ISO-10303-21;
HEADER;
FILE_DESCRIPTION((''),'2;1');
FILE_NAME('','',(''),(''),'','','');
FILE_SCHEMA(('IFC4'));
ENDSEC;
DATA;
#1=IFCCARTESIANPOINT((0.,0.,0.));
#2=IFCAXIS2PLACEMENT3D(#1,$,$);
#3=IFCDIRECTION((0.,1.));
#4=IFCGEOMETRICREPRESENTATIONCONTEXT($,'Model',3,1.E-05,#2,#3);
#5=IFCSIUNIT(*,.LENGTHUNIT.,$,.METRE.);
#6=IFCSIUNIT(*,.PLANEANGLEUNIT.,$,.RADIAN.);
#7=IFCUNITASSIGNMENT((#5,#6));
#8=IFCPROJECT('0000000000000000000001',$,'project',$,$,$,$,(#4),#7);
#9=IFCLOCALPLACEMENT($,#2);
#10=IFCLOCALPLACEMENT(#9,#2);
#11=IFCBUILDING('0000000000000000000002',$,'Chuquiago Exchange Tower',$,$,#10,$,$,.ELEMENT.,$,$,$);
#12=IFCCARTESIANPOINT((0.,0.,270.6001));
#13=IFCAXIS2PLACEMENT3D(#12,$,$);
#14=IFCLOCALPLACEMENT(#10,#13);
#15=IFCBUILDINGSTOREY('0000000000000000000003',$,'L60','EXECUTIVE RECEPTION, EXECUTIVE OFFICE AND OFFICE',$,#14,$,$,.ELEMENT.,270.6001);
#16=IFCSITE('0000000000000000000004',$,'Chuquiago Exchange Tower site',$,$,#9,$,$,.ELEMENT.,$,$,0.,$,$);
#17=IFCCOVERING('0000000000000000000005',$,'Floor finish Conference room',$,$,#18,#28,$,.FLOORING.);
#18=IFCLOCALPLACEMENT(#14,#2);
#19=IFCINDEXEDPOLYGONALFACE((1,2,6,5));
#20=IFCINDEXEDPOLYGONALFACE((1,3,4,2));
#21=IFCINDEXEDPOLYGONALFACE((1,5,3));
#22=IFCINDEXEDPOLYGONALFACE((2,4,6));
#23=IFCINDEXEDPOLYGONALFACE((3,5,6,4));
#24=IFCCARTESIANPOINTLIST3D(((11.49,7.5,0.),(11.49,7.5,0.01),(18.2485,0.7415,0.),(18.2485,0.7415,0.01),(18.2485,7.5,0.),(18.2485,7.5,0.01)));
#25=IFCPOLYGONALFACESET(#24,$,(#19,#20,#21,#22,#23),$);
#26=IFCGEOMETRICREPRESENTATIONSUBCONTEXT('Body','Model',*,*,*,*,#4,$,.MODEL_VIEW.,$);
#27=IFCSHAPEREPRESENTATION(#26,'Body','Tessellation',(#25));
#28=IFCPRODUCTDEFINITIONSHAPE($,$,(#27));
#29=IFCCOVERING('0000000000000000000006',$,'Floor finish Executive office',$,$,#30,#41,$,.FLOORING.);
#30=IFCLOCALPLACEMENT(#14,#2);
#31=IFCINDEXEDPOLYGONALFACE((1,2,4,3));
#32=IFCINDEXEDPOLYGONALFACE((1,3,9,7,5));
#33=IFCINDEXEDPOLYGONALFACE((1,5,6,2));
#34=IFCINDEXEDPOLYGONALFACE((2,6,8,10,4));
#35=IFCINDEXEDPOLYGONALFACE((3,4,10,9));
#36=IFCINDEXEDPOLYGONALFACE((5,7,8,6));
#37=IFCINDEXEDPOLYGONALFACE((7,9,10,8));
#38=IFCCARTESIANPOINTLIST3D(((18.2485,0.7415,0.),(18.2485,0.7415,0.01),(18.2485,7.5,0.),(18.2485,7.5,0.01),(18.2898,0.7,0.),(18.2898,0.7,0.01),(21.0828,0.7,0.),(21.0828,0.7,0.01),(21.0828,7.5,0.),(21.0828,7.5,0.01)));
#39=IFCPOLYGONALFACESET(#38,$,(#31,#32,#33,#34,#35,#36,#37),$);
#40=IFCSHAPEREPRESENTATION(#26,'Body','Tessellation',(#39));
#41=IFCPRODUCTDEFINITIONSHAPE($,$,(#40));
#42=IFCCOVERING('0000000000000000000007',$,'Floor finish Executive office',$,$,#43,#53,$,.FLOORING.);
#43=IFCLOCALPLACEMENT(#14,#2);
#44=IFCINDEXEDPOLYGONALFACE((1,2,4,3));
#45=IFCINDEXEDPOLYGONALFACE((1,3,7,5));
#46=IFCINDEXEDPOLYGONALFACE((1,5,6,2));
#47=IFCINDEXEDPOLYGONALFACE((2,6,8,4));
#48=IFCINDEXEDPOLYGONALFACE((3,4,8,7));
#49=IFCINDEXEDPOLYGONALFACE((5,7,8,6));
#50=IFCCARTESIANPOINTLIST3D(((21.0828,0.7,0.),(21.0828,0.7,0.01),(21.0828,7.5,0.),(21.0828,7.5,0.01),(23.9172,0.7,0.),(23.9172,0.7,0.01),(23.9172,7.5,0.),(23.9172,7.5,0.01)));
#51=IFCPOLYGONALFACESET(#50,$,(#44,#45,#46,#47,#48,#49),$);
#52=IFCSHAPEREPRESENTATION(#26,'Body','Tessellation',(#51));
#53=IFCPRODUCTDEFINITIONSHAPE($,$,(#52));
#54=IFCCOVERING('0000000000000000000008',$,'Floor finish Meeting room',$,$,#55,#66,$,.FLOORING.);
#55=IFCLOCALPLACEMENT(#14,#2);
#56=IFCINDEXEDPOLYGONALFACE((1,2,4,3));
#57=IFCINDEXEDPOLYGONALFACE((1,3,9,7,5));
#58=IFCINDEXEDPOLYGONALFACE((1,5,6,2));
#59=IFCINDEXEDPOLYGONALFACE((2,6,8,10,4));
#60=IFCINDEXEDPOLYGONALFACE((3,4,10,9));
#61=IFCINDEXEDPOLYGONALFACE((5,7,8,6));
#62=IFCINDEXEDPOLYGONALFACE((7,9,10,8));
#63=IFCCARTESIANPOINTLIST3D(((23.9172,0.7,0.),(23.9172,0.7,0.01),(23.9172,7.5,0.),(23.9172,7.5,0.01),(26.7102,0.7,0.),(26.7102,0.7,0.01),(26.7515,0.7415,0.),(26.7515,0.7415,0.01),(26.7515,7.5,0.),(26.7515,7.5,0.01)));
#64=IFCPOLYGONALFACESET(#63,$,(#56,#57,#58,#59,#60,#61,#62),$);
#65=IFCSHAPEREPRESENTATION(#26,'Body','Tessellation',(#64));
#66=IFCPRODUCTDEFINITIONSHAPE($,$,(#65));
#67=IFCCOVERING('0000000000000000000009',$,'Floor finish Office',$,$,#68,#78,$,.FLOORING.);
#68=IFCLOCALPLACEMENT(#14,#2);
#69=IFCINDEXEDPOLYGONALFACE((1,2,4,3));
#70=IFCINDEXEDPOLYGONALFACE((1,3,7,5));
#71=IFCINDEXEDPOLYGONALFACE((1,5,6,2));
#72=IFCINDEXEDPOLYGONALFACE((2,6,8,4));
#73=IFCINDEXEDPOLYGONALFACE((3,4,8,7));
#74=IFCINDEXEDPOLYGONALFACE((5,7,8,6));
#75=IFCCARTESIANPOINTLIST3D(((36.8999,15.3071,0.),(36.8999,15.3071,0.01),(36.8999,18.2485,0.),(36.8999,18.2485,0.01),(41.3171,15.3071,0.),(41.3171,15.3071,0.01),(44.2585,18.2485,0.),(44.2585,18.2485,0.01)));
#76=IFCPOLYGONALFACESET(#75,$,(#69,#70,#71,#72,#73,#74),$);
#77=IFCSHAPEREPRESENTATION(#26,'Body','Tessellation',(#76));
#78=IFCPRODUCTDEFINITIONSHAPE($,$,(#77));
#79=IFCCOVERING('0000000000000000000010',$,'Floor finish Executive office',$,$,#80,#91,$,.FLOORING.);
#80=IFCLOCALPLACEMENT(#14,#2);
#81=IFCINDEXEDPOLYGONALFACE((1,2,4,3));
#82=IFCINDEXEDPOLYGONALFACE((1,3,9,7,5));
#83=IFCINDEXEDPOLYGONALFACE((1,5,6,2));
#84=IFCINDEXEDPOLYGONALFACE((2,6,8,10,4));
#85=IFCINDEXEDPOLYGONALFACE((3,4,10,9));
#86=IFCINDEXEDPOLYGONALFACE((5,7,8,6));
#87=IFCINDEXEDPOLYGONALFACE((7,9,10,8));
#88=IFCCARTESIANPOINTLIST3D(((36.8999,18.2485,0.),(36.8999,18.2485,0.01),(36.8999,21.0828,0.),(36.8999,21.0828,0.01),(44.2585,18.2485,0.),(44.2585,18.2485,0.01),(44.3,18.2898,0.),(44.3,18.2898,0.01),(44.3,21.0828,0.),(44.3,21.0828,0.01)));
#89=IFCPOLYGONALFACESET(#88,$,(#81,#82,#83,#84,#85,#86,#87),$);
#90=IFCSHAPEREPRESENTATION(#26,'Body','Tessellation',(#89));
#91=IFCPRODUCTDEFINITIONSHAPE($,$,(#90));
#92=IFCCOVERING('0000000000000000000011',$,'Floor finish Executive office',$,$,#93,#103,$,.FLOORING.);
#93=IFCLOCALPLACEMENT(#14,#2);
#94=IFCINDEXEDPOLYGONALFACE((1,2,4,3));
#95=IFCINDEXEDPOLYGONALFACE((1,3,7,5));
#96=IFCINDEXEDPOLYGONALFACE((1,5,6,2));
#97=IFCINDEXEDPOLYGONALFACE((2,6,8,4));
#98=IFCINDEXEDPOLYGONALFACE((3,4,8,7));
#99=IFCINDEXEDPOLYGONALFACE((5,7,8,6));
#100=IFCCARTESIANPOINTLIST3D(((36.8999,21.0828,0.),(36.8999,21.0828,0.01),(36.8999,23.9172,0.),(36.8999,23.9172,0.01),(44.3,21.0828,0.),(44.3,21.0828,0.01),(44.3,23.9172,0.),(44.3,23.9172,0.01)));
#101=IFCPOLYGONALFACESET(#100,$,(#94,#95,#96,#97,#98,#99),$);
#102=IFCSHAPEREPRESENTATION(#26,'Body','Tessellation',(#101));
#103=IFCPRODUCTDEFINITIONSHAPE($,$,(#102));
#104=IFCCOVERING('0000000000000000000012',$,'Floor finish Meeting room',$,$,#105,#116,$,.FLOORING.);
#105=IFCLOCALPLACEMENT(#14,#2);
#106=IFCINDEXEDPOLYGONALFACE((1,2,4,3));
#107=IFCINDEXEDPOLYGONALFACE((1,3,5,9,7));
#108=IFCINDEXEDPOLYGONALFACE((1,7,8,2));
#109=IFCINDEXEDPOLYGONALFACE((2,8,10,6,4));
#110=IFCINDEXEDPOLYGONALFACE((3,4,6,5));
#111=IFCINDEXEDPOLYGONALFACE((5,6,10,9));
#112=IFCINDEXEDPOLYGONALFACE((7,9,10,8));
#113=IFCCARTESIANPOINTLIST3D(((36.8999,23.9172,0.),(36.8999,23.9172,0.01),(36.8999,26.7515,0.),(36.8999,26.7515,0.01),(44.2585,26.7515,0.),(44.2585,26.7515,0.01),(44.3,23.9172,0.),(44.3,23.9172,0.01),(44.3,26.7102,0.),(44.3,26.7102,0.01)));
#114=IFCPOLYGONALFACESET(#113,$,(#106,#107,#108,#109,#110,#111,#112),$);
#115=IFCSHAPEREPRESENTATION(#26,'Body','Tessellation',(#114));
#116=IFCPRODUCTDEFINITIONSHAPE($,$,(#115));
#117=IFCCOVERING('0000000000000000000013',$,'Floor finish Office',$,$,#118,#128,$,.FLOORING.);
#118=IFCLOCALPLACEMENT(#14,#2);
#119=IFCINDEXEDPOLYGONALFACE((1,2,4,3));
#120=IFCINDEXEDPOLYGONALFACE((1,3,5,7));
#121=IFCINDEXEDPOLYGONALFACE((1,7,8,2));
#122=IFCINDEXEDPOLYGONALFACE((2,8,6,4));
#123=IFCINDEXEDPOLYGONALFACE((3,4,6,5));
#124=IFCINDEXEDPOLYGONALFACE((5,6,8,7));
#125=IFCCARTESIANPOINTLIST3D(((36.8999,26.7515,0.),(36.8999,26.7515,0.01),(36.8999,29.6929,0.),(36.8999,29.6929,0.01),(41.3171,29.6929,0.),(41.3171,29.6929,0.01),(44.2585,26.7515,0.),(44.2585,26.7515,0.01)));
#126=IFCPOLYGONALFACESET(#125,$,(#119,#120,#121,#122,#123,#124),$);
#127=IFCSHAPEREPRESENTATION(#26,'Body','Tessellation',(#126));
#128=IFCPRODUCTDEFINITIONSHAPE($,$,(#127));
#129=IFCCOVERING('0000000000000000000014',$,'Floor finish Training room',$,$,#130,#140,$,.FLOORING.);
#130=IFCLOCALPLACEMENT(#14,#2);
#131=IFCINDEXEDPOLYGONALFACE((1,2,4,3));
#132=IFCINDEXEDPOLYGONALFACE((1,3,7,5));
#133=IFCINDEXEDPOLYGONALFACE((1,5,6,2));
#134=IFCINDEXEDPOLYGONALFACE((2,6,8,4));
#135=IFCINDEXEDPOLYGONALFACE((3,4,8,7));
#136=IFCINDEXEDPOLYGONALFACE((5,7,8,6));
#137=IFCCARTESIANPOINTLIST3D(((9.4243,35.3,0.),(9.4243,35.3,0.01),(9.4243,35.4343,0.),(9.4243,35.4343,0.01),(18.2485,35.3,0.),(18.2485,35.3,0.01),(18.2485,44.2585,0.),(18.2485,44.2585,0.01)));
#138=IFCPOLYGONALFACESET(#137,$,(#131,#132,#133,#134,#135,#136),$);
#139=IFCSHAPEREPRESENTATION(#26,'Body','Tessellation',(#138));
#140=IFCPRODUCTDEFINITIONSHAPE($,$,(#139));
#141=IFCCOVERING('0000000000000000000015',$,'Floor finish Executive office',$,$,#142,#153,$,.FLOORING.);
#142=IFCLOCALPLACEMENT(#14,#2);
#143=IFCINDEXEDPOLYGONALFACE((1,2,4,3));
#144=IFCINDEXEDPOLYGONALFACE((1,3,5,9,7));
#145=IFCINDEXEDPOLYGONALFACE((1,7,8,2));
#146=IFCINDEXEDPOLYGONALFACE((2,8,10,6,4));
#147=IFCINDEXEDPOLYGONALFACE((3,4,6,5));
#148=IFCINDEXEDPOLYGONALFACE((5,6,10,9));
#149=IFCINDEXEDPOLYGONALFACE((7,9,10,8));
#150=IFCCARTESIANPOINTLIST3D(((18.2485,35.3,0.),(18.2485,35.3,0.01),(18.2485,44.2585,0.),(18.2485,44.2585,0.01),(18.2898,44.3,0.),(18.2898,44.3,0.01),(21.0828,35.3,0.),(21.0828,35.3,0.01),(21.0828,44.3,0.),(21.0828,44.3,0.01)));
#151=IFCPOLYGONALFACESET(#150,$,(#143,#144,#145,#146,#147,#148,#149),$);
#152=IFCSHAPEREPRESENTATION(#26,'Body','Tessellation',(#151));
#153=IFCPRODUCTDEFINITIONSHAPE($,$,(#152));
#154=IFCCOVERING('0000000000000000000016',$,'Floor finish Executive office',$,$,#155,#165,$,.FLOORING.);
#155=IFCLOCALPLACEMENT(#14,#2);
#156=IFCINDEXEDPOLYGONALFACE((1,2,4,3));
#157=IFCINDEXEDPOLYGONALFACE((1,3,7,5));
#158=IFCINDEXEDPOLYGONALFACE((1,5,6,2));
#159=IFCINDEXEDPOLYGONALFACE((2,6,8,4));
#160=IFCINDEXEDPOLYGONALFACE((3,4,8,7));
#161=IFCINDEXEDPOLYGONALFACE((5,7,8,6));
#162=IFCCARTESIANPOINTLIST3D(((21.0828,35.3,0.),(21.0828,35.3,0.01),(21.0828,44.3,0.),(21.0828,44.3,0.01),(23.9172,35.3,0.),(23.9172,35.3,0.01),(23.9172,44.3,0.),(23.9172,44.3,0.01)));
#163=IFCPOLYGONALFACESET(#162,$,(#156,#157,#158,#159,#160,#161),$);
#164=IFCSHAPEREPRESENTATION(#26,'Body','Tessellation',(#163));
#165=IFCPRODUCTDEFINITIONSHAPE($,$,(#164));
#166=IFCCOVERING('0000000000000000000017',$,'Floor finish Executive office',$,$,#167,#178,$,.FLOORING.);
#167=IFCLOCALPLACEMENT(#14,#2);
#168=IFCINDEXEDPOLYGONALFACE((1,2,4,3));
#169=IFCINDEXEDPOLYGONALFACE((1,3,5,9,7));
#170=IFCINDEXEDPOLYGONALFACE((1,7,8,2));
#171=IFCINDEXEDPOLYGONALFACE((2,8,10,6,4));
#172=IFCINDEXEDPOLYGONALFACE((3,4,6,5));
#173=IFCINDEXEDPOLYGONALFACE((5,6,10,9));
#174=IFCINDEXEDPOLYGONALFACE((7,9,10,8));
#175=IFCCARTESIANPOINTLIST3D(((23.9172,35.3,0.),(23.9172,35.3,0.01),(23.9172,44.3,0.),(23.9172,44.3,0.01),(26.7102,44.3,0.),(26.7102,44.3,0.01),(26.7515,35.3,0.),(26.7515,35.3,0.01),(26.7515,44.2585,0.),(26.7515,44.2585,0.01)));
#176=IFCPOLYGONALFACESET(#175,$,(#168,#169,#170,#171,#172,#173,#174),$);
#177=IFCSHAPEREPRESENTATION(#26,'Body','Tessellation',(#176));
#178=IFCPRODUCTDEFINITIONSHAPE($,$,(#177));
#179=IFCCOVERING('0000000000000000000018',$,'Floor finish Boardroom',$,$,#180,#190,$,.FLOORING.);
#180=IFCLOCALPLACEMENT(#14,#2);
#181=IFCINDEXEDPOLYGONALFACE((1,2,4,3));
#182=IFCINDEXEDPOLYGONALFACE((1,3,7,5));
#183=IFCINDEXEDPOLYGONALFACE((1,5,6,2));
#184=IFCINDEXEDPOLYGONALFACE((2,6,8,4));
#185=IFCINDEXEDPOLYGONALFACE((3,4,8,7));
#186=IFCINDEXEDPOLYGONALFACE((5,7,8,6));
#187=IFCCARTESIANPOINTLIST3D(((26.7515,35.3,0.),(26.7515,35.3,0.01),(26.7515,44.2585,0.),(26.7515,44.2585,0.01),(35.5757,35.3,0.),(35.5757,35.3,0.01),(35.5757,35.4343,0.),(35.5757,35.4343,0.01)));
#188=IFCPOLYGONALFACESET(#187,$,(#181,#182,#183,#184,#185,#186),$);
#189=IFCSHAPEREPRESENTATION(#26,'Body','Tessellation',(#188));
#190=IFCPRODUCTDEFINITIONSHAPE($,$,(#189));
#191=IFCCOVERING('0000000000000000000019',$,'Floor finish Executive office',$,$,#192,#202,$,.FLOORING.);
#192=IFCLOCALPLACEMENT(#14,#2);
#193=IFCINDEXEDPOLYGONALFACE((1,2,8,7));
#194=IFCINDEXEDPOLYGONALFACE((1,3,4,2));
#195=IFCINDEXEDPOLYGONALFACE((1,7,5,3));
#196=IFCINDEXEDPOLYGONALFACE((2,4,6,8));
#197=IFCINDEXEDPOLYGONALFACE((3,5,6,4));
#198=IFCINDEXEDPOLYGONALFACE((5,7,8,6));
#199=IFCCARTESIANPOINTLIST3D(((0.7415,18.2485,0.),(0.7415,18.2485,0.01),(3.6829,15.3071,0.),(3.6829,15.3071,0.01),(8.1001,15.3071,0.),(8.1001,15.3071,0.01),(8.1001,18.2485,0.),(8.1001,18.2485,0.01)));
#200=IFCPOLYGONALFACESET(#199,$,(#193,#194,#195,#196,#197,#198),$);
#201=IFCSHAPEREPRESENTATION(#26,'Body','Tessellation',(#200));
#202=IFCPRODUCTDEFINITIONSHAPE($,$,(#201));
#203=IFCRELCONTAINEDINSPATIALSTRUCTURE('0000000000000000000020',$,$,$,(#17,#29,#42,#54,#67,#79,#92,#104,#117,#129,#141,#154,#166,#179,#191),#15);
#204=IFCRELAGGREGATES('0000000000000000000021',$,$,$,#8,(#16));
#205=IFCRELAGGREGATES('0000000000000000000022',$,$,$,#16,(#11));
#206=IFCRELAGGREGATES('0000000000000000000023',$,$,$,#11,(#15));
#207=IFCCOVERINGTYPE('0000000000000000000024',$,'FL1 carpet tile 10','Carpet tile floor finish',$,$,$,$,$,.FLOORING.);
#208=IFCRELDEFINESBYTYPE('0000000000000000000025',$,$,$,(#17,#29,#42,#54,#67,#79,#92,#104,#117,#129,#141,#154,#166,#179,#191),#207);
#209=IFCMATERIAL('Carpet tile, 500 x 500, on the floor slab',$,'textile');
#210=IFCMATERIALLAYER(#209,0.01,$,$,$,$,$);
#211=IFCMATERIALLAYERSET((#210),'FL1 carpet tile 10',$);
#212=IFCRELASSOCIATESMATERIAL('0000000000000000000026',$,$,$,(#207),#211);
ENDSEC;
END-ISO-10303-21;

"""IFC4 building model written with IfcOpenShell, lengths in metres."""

from ifc_helpers import new_model, si_unit, direction, frame, origin, place, context, subcontext, project, spatial, polyline, outline, extrude, material, layer, layer_set, type_object, element, save


model = new_model("IFC4")

# Units and contexts
model_context = context("Model", 3, precision=1e-05, world=origin(), true_north=direction((0.0, 1.0)))
body_context = subcontext(model_context, "Body", "Model", "MODEL_VIEW")
ifc_project = project(units=[si_unit("LENGTHUNIT", "METRE"), si_unit("PLANEANGLEUNIT", "RADIAN")], contexts=[model_context])

# Site, building, storey
site_placement = place(None, origin())
site = spatial("IfcSite", under=ifc_project, at=site_placement, Name="Chuquiago Exchange Tower site", CompositionType="ELEMENT", RefElevation=0.0)
building_placement = place(site_placement, origin())
building = spatial("IfcBuilding", under=site, at=building_placement, Name="Chuquiago Exchange Tower", CompositionType="ELEMENT")
storey_placement = place(building_placement, frame((0.0, 0.0, 270.6001)))
storey = spatial("IfcBuildingStorey", under=building, at=storey_placement, Name="L60", Description="EXECUTIVE RECEPTION, EXECUTIVE OFFICE AND OFFICE", CompositionType="ELEMENT", Elevation=270.6001)

# Coverings
ifc_material_1 = material(Name="Carpet tile, 500 x 500, on the floor slab", Category="textile")
ifc_layer_1 = layer(ifc_material_1, 0.01)
ifc_layer_set_1 = layer_set([ifc_layer_1], Name="FL1 carpet tile 10")
covering_type_1 = type_object("IfcCoveringType", Name="FL1 carpet tile 10", Description="Carpet tile floor finish", PredefinedType="FLOORING", material=ifc_layer_set_1)
covering_1_placement = place(storey_placement, origin())
element("IfcCovering", 1, at=covering_1_placement, inside=storey, type_object=covering_type_1, Name="Floor finish Conference room", PredefinedType="FLOORING", context=body_context, shape_type="SweptSolid", body=[
    extrude(outline(polyline([(11.49, 7.5), (18.2485, 7.5), (18.2485, 0.7415), (11.49, 7.5)])), origin(), (0.0, 0.0, 1.0), 0.01),
])
covering_2_placement = place(storey_placement, origin())
element("IfcCovering", 2, at=covering_2_placement, inside=storey, type_object=covering_type_1, Name="Floor finish Executive office", PredefinedType="FLOORING", context=body_context, shape_type="SweptSolid", body=[
    extrude(outline(polyline([(18.2898, 0.7), (18.2485, 0.7415), (18.2485, 7.5), (21.0828, 7.5), (21.0828, 0.7), (18.2898, 0.7)])), origin(), (0.0, 0.0, 1.0), 0.01),
])
covering_3_placement = place(storey_placement, origin())
element("IfcCovering", 3, at=covering_3_placement, inside=storey, type_object=covering_type_1, Name="Floor finish Executive office", PredefinedType="FLOORING", context=body_context, shape_type="SweptSolid", body=[
    extrude(outline(polyline([(21.0828, 0.7), (21.0828, 7.5), (23.9172, 7.5), (23.9172, 0.7), (21.0828, 0.7)])), origin(), (0.0, 0.0, 1.0), 0.01),
])
covering_4_placement = place(storey_placement, origin())
element("IfcCovering", 4, at=covering_4_placement, inside=storey, type_object=covering_type_1, Name="Floor finish Meeting room", PredefinedType="FLOORING", context=body_context, shape_type="SweptSolid", body=[
    extrude(outline(polyline([(26.7102, 0.7), (23.9172, 0.7), (23.9172, 7.5), (26.7515, 7.5), (26.7515, 0.7415), (26.7102, 0.7)])), origin(), (0.0, 0.0, 1.0), 0.01),
])
covering_5_placement = place(storey_placement, origin())
element("IfcCovering", 5, at=covering_5_placement, inside=storey, type_object=covering_type_1, Name="Floor finish Office", PredefinedType="FLOORING", context=body_context, shape_type="SweptSolid", body=[
    extrude(outline(polyline([(41.3171, 15.3071), (36.8999, 15.3071), (36.8999, 18.2485), (44.2585, 18.2485), (41.3171, 15.3071)])), origin(), (0.0, 0.0, 1.0), 0.01),
])
covering_6_placement = place(storey_placement, origin())
element("IfcCovering", 6, at=covering_6_placement, inside=storey, type_object=covering_type_1, Name="Floor finish Executive office", PredefinedType="FLOORING", context=body_context, shape_type="SweptSolid", body=[
    extrude(outline(polyline([(44.3, 18.2898), (44.2585, 18.2485), (36.8999, 18.2485), (36.8999, 21.0828), (44.3, 21.0828), (44.3, 18.2898)])), origin(), (0.0, 0.0, 1.0), 0.01),
])
covering_7_placement = place(storey_placement, origin())
element("IfcCovering", 7, at=covering_7_placement, inside=storey, type_object=covering_type_1, Name="Floor finish Executive office", PredefinedType="FLOORING", context=body_context, shape_type="SweptSolid", body=[
    extrude(outline(polyline([(44.3, 21.0828), (36.8999, 21.0828), (36.8999, 23.9172), (44.3, 23.9172), (44.3, 21.0828)])), origin(), (0.0, 0.0, 1.0), 0.01),
])
covering_8_placement = place(storey_placement, origin())
element("IfcCovering", 8, at=covering_8_placement, inside=storey, type_object=covering_type_1, Name="Floor finish Meeting room", PredefinedType="FLOORING", context=body_context, shape_type="SweptSolid", body=[
    extrude(outline(polyline([(44.3, 26.7102), (44.3, 23.9172), (36.8999, 23.9172), (36.8999, 26.7515), (44.2585, 26.7515), (44.3, 26.7102)])), origin(), (0.0, 0.0, 1.0), 0.01),
])
covering_9_placement = place(storey_placement, origin())
element("IfcCovering", 9, at=covering_9_placement, inside=storey, type_object=covering_type_1, Name="Floor finish Office", PredefinedType="FLOORING", context=body_context, shape_type="SweptSolid", body=[
    extrude(outline(polyline([(44.2585, 26.7515), (36.8999, 26.7515), (36.8999, 29.6929), (41.3171, 29.6929), (44.2585, 26.7515)])), origin(), (0.0, 0.0, 1.0), 0.01),
])
covering_10_placement = place(storey_placement, origin())
element("IfcCovering", 10, at=covering_10_placement, inside=storey, type_object=covering_type_1, Name="Floor finish Training room", PredefinedType="FLOORING", context=body_context, shape_type="SweptSolid", body=[
    extrude(outline(polyline([(18.2485, 44.2585), (18.2485, 35.3), (9.4243, 35.3), (9.4243, 35.4343), (18.2485, 44.2585)])), origin(), (0.0, 0.0, 1.0), 0.01),
])
covering_11_placement = place(storey_placement, origin())
element("IfcCovering", 11, at=covering_11_placement, inside=storey, type_object=covering_type_1, Name="Floor finish Executive office", PredefinedType="FLOORING", context=body_context, shape_type="SweptSolid", body=[
    extrude(outline(polyline([(18.2898, 44.3), (21.0828, 44.3), (21.0828, 35.3), (18.2485, 35.3), (18.2485, 44.2585), (18.2898, 44.3)])), origin(), (0.0, 0.0, 1.0), 0.01),
])
covering_12_placement = place(storey_placement, origin())
element("IfcCovering", 12, at=covering_12_placement, inside=storey, type_object=covering_type_1, Name="Floor finish Executive office", PredefinedType="FLOORING", context=body_context, shape_type="SweptSolid", body=[
    extrude(outline(polyline([(23.9172, 44.3), (23.9172, 35.3), (21.0828, 35.3), (21.0828, 44.3), (23.9172, 44.3)])), origin(), (0.0, 0.0, 1.0), 0.01),
])
covering_13_placement = place(storey_placement, origin())
element("IfcCovering", 13, at=covering_13_placement, inside=storey, type_object=covering_type_1, Name="Floor finish Executive office", PredefinedType="FLOORING", context=body_context, shape_type="SweptSolid", body=[
    extrude(outline(polyline([(26.7102, 44.3), (26.7515, 44.2585), (26.7515, 35.3), (23.9172, 35.3), (23.9172, 44.3), (26.7102, 44.3)])), origin(), (0.0, 0.0, 1.0), 0.01),
])
covering_14_placement = place(storey_placement, origin())
element("IfcCovering", 14, at=covering_14_placement, inside=storey, type_object=covering_type_1, Name="Floor finish Boardroom", PredefinedType="FLOORING", context=body_context, shape_type="SweptSolid", body=[
    extrude(outline(polyline([(35.5757, 35.4343), (35.5757, 35.3), (26.7515, 35.3), (26.7515, 44.2585), (35.5757, 35.4343)])), origin(), (0.0, 0.0, 1.0), 0.01),
])
covering_15_placement = place(storey_placement, origin())
element("IfcCovering", 15, at=covering_15_placement, inside=storey, type_object=covering_type_1, Name="Floor finish Executive office", PredefinedType="FLOORING", context=body_context, shape_type="SweptSolid", body=[
    extrude(outline(polyline([(0.7415, 18.2485), (8.1001, 18.2485), (8.1001, 15.3071), (3.6829, 15.3071), (0.7415, 18.2485)])), origin(), (0.0, 0.0, 1.0), 0.01),
])

save(model, "model.ifc")
